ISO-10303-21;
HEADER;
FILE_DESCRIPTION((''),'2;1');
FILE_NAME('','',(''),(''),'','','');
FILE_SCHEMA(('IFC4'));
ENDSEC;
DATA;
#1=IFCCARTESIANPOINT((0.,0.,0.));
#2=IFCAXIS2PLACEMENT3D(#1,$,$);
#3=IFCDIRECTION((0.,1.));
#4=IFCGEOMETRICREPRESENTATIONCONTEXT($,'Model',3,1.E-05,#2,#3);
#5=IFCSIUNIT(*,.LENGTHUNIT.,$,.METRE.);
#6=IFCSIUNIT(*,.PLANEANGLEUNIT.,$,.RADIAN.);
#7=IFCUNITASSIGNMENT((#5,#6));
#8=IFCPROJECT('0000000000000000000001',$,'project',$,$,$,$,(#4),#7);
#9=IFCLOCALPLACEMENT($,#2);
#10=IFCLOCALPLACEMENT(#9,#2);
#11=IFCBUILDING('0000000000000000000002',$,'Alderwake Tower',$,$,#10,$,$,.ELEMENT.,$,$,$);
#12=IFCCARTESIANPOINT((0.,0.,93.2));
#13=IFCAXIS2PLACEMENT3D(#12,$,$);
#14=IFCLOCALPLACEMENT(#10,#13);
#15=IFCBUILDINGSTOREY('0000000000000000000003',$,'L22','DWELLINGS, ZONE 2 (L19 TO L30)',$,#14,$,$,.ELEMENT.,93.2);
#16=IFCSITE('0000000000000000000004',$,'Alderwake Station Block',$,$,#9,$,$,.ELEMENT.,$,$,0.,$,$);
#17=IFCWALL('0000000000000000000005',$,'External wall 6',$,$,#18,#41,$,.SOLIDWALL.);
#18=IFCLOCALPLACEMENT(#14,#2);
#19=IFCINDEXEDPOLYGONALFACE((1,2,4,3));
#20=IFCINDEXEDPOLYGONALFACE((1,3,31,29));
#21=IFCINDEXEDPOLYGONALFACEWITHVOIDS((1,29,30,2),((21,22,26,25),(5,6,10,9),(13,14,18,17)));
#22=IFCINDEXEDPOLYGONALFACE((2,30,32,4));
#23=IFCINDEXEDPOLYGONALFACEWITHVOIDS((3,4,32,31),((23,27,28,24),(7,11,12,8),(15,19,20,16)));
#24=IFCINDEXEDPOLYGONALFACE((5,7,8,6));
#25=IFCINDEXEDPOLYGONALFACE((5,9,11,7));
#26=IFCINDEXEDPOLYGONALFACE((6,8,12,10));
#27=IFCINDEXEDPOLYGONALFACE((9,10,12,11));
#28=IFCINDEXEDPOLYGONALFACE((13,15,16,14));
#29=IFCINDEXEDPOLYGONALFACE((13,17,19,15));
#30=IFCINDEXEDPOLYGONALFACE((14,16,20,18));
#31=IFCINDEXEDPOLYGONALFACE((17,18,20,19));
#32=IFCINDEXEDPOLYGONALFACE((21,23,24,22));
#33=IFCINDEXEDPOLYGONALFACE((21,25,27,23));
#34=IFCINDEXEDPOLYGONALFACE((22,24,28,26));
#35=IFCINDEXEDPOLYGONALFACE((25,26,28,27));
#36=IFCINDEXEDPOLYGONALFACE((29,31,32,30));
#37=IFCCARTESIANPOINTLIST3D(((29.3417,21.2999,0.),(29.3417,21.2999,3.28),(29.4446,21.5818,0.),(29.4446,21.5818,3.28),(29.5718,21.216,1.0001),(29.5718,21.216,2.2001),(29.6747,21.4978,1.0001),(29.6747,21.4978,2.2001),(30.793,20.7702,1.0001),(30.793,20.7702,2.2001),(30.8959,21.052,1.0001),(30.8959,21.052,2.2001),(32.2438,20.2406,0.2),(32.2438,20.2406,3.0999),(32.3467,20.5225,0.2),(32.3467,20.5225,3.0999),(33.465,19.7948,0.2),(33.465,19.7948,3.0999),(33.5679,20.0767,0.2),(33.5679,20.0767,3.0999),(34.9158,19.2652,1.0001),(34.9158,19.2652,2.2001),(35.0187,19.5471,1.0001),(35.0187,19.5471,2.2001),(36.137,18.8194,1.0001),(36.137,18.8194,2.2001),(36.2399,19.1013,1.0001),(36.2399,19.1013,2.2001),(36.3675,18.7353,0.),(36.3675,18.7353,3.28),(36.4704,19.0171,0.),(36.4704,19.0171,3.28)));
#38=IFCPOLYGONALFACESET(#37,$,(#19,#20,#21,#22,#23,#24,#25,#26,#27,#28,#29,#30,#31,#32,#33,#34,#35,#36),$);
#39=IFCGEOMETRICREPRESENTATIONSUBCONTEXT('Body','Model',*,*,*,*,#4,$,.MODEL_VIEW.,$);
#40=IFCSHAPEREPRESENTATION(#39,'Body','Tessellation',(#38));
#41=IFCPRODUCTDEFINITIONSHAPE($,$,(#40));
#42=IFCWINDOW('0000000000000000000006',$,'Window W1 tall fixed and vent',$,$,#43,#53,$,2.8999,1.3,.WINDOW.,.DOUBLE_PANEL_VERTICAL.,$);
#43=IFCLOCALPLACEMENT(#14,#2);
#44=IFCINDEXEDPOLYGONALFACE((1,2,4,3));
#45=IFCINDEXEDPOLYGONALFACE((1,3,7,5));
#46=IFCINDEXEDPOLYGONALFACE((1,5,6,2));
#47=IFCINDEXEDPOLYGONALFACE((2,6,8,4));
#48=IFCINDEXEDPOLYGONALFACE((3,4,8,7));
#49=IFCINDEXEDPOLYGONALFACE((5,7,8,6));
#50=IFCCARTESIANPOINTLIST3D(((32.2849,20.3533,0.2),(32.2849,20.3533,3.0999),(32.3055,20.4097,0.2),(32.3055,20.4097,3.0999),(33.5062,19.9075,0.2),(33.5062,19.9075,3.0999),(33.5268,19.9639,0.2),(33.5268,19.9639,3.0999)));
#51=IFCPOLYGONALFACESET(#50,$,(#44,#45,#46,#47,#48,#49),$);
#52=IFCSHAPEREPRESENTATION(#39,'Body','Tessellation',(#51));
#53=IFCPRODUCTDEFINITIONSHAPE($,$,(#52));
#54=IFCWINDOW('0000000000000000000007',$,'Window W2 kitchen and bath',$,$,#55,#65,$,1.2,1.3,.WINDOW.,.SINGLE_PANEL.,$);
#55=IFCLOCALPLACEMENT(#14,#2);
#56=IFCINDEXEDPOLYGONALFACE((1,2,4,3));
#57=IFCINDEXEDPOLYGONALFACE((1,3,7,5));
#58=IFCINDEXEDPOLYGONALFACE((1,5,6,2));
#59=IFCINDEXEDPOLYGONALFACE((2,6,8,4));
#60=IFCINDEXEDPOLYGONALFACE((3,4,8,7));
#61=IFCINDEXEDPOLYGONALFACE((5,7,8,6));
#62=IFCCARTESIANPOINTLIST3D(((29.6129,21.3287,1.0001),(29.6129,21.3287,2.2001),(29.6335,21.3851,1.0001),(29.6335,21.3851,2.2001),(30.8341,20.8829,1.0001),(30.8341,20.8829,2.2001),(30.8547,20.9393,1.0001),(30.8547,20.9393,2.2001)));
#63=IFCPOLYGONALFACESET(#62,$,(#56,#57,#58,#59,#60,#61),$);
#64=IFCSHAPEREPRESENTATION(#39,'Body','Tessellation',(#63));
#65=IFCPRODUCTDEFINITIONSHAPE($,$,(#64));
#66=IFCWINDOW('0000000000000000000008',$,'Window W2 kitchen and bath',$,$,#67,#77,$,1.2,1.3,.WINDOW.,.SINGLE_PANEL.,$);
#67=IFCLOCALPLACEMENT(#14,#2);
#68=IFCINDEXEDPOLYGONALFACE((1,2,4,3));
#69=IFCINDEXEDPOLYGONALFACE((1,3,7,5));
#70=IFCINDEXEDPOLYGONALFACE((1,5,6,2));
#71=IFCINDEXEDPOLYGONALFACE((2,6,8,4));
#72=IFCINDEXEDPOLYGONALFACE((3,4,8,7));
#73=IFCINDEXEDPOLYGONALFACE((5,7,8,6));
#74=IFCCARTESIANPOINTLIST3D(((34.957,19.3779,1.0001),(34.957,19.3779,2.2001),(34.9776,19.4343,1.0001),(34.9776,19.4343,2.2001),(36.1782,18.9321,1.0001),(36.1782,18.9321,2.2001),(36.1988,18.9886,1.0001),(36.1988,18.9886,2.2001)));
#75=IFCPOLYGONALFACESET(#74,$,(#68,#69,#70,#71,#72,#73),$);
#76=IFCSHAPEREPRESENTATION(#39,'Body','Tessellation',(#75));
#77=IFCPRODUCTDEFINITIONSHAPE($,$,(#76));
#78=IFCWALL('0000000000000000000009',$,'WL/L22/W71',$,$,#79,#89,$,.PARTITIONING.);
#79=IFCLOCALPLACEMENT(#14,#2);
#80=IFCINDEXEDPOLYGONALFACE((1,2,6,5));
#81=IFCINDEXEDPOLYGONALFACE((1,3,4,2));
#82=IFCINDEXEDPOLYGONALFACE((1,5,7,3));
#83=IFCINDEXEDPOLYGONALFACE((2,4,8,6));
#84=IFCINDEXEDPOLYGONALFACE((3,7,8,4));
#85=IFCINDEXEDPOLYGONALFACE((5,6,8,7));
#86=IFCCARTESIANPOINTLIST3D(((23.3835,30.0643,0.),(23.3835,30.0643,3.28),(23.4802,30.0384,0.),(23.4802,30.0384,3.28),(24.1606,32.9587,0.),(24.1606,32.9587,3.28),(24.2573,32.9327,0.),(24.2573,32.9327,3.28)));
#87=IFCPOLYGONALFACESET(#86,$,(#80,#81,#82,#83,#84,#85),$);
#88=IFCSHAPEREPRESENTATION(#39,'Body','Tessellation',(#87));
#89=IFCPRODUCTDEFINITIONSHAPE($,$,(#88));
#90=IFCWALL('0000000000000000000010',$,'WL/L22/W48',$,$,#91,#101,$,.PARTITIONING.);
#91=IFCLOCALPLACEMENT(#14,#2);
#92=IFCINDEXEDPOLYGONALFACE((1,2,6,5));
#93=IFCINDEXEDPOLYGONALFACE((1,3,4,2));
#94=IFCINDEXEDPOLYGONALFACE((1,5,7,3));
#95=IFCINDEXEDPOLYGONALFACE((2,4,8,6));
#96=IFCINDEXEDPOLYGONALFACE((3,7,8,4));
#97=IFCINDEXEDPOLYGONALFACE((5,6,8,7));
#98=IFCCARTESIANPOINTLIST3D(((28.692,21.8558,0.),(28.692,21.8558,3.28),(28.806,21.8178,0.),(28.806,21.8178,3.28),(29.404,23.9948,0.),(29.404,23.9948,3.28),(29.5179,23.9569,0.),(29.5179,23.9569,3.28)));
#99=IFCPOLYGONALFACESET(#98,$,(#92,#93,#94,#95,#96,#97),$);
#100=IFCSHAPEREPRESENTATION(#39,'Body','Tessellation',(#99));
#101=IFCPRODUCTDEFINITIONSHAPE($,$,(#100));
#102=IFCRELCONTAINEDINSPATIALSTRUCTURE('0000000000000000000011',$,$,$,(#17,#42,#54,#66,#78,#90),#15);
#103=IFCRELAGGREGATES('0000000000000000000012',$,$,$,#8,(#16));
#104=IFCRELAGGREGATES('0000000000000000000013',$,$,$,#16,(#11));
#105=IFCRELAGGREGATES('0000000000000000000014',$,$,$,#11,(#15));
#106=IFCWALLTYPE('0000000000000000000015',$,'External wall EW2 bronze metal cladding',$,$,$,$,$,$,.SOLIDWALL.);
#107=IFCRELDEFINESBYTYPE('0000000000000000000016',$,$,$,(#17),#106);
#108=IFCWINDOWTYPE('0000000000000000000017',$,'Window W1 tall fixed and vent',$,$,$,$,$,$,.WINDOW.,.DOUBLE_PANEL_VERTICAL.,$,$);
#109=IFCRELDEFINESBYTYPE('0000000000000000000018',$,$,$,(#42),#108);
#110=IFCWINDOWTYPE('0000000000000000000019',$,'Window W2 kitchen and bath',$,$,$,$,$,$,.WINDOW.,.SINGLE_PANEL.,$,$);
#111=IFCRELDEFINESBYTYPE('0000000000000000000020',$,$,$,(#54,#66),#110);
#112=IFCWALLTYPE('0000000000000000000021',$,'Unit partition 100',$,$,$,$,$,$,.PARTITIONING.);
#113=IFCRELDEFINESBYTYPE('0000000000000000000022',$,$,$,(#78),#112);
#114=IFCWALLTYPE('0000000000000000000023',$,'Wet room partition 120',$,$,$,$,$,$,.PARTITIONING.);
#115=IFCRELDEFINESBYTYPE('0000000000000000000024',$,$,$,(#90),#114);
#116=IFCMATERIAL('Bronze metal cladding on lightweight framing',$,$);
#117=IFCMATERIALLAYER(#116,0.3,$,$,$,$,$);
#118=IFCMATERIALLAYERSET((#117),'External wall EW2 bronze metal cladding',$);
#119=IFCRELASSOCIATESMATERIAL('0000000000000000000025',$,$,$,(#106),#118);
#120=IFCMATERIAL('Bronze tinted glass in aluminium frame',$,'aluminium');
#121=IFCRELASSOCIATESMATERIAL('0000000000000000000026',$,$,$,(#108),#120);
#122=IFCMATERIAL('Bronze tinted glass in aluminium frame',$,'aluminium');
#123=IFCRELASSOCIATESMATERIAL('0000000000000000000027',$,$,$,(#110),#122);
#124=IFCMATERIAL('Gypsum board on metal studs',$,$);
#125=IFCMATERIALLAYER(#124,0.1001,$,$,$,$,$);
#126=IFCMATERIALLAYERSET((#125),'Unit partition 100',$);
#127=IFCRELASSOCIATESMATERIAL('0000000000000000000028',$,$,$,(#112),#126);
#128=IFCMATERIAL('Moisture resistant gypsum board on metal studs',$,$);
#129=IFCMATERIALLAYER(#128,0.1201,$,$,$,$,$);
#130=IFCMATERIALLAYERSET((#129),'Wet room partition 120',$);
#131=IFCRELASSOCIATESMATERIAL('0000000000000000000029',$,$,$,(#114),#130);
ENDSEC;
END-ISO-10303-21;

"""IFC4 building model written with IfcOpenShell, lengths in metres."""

from ifc_helpers import new_model, si_unit, direction, frame, frame_2d, origin, place, context, subcontext, project, spatial, rectangle, extrude, material, layer, layer_set, type_object, element, fill, save


model = new_model("IFC4")

# Units and contexts
model_context = context("Model", 3, precision=1e-05, world=origin(), true_north=direction((0.0, 1.0)))
body_context = subcontext(model_context, "Body", "Model", "MODEL_VIEW")
ifc_project = project(units=[si_unit("LENGTHUNIT", "METRE"), si_unit("PLANEANGLEUNIT", "RADIAN")], contexts=[model_context])

# Site, building, storey
site_placement = place(None, origin())
site = spatial("IfcSite", under=ifc_project, at=site_placement, Name="Alderwake Station Block", CompositionType="ELEMENT", RefElevation=0.0)
building_placement = place(site_placement, origin())
building = spatial("IfcBuilding", under=site, at=building_placement, Name="Alderwake Tower", CompositionType="ELEMENT")
storey_placement = place(building_placement, frame((0.0, 0.0, 93.2)))
storey = spatial("IfcBuildingStorey", under=building, at=storey_placement, Name="L22", Description="DWELLINGS, ZONE 2 (L19 TO L30)", CompositionType="ELEMENT", Elevation=93.2)

# Shared definitions
ifc_material_1 = material(Name="Bronze metal cladding on lightweight framing")
ifc_layer_1 = layer(ifc_material_1, 0.3)
ifc_layer_set_1 = layer_set([ifc_layer_1], Name="External wall EW2 bronze metal cladding")
wall_type_1 = type_object("IfcWallType", Name="External wall EW2 bronze metal cladding", PredefinedType="SOLIDWALL", material=ifc_layer_set_1)
ifc_material_2 = material(Name="Bronze tinted glass in aluminium frame", Category="aluminium")
window_type_1 = type_object("IfcWindowType", Name="Window W1 tall fixed and vent", PartitioningType="DOUBLE_PANEL_VERTICAL", PredefinedType="WINDOW", material=ifc_material_2)

# Wall, openings, windows
wall_1_placement = place(storey_placement, frame((29.3931, 21.4409, 0.0), z_axis=(0.0, 0.0, 1.0), x_axis=(0.939371, -0.342904, 0.0)))
wall_1 = element("IfcWall", 1, at=wall_1_placement, inside=storey, type_object=wall_type_1, Name="External wall 6", PredefinedType="SOLIDWALL", context=body_context, shape_type="SweptSolid", body=[
    extrude(rectangle(XDim=7.4792, YDim=0.3, at=frame_2d((3.7397, 0.0))), origin(), (0.0, 0.0, 1.0), 3.28),
])
opening_1_placement = place(wall_1_placement, frame((0.2451, 0.0, 1.0)))
opening_1 = element("IfcOpeningElement", 2, at=opening_1_placement, cuts=wall_1, PredefinedType="OPENING", context=body_context, shape_type="SweptSolid", body=[
    extrude(rectangle(XDim=1.3, YDim=1.2, at=frame_2d((0.6499, 0.6001))), frame((0.0, 0.1599, 0.0), z_axis=(0.0, -1.0, 0.0), x_axis=(1.0, 0.0, 0.0)), (0.0, 0.0, 1.0), 0.3201),
])
opening_2_placement = place(wall_1_placement, frame((3.0896, 0.0, 0.2)))
opening_2 = element("IfcOpeningElement", 3, at=opening_2_placement, cuts=wall_1, PredefinedType="OPENING", context=body_context, shape_type="SweptSolid", body=[
    extrude(rectangle(XDim=1.3, YDim=2.8999, at=frame_2d((0.6499, 1.45))), frame((0.0, 0.1599, 0.0), z_axis=(0.0, -1.0, 0.0), x_axis=(1.0, 0.0, 0.0)), (0.0, 0.0, 1.0), 0.3201),
])
opening_3_placement = place(wall_1_placement, frame((5.9341, 0.0, 1.0)))
opening_3 = element("IfcOpeningElement", 4, at=opening_3_placement, cuts=wall_1, PredefinedType="OPENING", context=body_context, shape_type="SweptSolid", body=[
    extrude(rectangle(XDim=1.3, YDim=1.2, at=frame_2d((0.6499, 0.6001))), frame((0.0, 0.1599, 0.0), z_axis=(0.0, -1.0, 0.0), x_axis=(1.0, 0.0, 0.0)), (0.0, 0.0, 1.0), 0.3201),
])
window_1_placement = place(opening_2_placement, origin())
window_1 = element("IfcWindow", 5, at=window_1_placement, inside=storey, type_object=window_type_1, Name="Window W1 tall fixed and vent", OverallHeight=2.8999, OverallWidth=1.3, PartitioningType="DOUBLE_PANEL_VERTICAL", PredefinedType="WINDOW", context=body_context, shape_type="SweptSolid", body=[
    extrude(rectangle(XDim=1.3, YDim=2.8999, at=frame_2d((0.6499, 1.45))), frame((0.0, 0.03, 0.0), z_axis=(0.0, -1.0, 0.0), x_axis=(1.0, 0.0, 0.0)), (0.0, 0.0, 1.0), 0.0601),
])
fill(opening_2, window_1)
ifc_material_3 = material(Name="Bronze tinted glass in aluminium frame", Category="aluminium")
window_type_2 = type_object("IfcWindowType", Name="Window W2 kitchen and bath", PartitioningType="SINGLE_PANEL", PredefinedType="WINDOW", material=ifc_material_3)
window_2_placement = place(opening_1_placement, origin())
window_2 = element("IfcWindow", 6, at=window_2_placement, inside=storey, type_object=window_type_2, Name="Window W2 kitchen and bath", OverallHeight=1.2, OverallWidth=1.3, PartitioningType="SINGLE_PANEL", PredefinedType="WINDOW", context=body_context, shape_type="SweptSolid", body=[
    extrude(rectangle(XDim=1.3, YDim=1.2, at=frame_2d((0.6499, 0.6001))), frame((0.0, 0.03, 0.0), z_axis=(0.0, -1.0, 0.0), x_axis=(1.0, 0.0, 0.0)), (0.0, 0.0, 1.0), 0.0601),
])
fill(opening_1, window_2)
window_3_placement = place(opening_3_placement, origin())
window_3 = element("IfcWindow", 7, at=window_3_placement, inside=storey, type_object=window_type_2, Name="Window W2 kitchen and bath", OverallHeight=1.2, OverallWidth=1.3, PartitioningType="SINGLE_PANEL", PredefinedType="WINDOW", context=body_context, shape_type="SweptSolid", body=[
    extrude(rectangle(XDim=1.3, YDim=1.2, at=frame_2d((0.6499, 0.6001))), frame((0.0, 0.03, 0.0), z_axis=(0.0, -1.0, 0.0), x_axis=(1.0, 0.0, 0.0)), (0.0, 0.0, 1.0), 0.0601),
])
fill(opening_3, window_3)

# Walls
ifc_material_4 = material(Name="Gypsum board on metal studs")
ifc_layer_2 = layer(ifc_material_4, 0.1001)
ifc_layer_set_2 = layer_set([ifc_layer_2], Name="Unit partition 100")
wall_type_2 = type_object("IfcWallType", Name="Unit partition 100", PredefinedType="PARTITIONING", material=ifc_layer_set_2)
wall_2_placement = place(storey_placement, frame((24.209, 32.9458, 0.0), z_axis=(0.0, 0.0, 1.0), x_axis=(-0.25931, -0.965794, 0.0)))
element("IfcWall", 8, at=wall_2_placement, inside=storey, type_object=wall_type_2, Name="WL/L22/W71", PredefinedType="PARTITIONING", context=body_context, shape_type="SweptSolid", body=[
    extrude(rectangle(XDim=2.9968, YDim=0.1001, at=frame_2d((1.4985, 0.0))), origin(), (0.0, 0.0, 1.0), 3.28),
])
ifc_material_5 = material(Name="Moisture resistant gypsum board on metal studs")
ifc_layer_3 = layer(ifc_material_5, 0.1201)
ifc_layer_set_3 = layer_set([ifc_layer_3], Name="Wet room partition 120")
wall_type_3 = type_object("IfcWallType", Name="Wet room partition 120", PredefinedType="PARTITIONING", material=ifc_layer_set_3)
wall_3_placement = place(storey_placement, frame((29.4609, 23.9758, 0.0), z_axis=(0.0, 0.0, 1.0), x_axis=(-0.315805, -0.948824, 0.0)))
element("IfcWall", 9, at=wall_3_placement, inside=storey, type_object=wall_type_3, Name="WL/L22/W48", PredefinedType="PARTITIONING", context=body_context, shape_type="SweptSolid", body=[
    extrude(rectangle(XDim=2.2544, YDim=0.1201, at=frame_2d((1.1272, 0.0))), origin(), (0.0, 0.0, 1.0), 3.28),
])

save(model, "model.ifc")
